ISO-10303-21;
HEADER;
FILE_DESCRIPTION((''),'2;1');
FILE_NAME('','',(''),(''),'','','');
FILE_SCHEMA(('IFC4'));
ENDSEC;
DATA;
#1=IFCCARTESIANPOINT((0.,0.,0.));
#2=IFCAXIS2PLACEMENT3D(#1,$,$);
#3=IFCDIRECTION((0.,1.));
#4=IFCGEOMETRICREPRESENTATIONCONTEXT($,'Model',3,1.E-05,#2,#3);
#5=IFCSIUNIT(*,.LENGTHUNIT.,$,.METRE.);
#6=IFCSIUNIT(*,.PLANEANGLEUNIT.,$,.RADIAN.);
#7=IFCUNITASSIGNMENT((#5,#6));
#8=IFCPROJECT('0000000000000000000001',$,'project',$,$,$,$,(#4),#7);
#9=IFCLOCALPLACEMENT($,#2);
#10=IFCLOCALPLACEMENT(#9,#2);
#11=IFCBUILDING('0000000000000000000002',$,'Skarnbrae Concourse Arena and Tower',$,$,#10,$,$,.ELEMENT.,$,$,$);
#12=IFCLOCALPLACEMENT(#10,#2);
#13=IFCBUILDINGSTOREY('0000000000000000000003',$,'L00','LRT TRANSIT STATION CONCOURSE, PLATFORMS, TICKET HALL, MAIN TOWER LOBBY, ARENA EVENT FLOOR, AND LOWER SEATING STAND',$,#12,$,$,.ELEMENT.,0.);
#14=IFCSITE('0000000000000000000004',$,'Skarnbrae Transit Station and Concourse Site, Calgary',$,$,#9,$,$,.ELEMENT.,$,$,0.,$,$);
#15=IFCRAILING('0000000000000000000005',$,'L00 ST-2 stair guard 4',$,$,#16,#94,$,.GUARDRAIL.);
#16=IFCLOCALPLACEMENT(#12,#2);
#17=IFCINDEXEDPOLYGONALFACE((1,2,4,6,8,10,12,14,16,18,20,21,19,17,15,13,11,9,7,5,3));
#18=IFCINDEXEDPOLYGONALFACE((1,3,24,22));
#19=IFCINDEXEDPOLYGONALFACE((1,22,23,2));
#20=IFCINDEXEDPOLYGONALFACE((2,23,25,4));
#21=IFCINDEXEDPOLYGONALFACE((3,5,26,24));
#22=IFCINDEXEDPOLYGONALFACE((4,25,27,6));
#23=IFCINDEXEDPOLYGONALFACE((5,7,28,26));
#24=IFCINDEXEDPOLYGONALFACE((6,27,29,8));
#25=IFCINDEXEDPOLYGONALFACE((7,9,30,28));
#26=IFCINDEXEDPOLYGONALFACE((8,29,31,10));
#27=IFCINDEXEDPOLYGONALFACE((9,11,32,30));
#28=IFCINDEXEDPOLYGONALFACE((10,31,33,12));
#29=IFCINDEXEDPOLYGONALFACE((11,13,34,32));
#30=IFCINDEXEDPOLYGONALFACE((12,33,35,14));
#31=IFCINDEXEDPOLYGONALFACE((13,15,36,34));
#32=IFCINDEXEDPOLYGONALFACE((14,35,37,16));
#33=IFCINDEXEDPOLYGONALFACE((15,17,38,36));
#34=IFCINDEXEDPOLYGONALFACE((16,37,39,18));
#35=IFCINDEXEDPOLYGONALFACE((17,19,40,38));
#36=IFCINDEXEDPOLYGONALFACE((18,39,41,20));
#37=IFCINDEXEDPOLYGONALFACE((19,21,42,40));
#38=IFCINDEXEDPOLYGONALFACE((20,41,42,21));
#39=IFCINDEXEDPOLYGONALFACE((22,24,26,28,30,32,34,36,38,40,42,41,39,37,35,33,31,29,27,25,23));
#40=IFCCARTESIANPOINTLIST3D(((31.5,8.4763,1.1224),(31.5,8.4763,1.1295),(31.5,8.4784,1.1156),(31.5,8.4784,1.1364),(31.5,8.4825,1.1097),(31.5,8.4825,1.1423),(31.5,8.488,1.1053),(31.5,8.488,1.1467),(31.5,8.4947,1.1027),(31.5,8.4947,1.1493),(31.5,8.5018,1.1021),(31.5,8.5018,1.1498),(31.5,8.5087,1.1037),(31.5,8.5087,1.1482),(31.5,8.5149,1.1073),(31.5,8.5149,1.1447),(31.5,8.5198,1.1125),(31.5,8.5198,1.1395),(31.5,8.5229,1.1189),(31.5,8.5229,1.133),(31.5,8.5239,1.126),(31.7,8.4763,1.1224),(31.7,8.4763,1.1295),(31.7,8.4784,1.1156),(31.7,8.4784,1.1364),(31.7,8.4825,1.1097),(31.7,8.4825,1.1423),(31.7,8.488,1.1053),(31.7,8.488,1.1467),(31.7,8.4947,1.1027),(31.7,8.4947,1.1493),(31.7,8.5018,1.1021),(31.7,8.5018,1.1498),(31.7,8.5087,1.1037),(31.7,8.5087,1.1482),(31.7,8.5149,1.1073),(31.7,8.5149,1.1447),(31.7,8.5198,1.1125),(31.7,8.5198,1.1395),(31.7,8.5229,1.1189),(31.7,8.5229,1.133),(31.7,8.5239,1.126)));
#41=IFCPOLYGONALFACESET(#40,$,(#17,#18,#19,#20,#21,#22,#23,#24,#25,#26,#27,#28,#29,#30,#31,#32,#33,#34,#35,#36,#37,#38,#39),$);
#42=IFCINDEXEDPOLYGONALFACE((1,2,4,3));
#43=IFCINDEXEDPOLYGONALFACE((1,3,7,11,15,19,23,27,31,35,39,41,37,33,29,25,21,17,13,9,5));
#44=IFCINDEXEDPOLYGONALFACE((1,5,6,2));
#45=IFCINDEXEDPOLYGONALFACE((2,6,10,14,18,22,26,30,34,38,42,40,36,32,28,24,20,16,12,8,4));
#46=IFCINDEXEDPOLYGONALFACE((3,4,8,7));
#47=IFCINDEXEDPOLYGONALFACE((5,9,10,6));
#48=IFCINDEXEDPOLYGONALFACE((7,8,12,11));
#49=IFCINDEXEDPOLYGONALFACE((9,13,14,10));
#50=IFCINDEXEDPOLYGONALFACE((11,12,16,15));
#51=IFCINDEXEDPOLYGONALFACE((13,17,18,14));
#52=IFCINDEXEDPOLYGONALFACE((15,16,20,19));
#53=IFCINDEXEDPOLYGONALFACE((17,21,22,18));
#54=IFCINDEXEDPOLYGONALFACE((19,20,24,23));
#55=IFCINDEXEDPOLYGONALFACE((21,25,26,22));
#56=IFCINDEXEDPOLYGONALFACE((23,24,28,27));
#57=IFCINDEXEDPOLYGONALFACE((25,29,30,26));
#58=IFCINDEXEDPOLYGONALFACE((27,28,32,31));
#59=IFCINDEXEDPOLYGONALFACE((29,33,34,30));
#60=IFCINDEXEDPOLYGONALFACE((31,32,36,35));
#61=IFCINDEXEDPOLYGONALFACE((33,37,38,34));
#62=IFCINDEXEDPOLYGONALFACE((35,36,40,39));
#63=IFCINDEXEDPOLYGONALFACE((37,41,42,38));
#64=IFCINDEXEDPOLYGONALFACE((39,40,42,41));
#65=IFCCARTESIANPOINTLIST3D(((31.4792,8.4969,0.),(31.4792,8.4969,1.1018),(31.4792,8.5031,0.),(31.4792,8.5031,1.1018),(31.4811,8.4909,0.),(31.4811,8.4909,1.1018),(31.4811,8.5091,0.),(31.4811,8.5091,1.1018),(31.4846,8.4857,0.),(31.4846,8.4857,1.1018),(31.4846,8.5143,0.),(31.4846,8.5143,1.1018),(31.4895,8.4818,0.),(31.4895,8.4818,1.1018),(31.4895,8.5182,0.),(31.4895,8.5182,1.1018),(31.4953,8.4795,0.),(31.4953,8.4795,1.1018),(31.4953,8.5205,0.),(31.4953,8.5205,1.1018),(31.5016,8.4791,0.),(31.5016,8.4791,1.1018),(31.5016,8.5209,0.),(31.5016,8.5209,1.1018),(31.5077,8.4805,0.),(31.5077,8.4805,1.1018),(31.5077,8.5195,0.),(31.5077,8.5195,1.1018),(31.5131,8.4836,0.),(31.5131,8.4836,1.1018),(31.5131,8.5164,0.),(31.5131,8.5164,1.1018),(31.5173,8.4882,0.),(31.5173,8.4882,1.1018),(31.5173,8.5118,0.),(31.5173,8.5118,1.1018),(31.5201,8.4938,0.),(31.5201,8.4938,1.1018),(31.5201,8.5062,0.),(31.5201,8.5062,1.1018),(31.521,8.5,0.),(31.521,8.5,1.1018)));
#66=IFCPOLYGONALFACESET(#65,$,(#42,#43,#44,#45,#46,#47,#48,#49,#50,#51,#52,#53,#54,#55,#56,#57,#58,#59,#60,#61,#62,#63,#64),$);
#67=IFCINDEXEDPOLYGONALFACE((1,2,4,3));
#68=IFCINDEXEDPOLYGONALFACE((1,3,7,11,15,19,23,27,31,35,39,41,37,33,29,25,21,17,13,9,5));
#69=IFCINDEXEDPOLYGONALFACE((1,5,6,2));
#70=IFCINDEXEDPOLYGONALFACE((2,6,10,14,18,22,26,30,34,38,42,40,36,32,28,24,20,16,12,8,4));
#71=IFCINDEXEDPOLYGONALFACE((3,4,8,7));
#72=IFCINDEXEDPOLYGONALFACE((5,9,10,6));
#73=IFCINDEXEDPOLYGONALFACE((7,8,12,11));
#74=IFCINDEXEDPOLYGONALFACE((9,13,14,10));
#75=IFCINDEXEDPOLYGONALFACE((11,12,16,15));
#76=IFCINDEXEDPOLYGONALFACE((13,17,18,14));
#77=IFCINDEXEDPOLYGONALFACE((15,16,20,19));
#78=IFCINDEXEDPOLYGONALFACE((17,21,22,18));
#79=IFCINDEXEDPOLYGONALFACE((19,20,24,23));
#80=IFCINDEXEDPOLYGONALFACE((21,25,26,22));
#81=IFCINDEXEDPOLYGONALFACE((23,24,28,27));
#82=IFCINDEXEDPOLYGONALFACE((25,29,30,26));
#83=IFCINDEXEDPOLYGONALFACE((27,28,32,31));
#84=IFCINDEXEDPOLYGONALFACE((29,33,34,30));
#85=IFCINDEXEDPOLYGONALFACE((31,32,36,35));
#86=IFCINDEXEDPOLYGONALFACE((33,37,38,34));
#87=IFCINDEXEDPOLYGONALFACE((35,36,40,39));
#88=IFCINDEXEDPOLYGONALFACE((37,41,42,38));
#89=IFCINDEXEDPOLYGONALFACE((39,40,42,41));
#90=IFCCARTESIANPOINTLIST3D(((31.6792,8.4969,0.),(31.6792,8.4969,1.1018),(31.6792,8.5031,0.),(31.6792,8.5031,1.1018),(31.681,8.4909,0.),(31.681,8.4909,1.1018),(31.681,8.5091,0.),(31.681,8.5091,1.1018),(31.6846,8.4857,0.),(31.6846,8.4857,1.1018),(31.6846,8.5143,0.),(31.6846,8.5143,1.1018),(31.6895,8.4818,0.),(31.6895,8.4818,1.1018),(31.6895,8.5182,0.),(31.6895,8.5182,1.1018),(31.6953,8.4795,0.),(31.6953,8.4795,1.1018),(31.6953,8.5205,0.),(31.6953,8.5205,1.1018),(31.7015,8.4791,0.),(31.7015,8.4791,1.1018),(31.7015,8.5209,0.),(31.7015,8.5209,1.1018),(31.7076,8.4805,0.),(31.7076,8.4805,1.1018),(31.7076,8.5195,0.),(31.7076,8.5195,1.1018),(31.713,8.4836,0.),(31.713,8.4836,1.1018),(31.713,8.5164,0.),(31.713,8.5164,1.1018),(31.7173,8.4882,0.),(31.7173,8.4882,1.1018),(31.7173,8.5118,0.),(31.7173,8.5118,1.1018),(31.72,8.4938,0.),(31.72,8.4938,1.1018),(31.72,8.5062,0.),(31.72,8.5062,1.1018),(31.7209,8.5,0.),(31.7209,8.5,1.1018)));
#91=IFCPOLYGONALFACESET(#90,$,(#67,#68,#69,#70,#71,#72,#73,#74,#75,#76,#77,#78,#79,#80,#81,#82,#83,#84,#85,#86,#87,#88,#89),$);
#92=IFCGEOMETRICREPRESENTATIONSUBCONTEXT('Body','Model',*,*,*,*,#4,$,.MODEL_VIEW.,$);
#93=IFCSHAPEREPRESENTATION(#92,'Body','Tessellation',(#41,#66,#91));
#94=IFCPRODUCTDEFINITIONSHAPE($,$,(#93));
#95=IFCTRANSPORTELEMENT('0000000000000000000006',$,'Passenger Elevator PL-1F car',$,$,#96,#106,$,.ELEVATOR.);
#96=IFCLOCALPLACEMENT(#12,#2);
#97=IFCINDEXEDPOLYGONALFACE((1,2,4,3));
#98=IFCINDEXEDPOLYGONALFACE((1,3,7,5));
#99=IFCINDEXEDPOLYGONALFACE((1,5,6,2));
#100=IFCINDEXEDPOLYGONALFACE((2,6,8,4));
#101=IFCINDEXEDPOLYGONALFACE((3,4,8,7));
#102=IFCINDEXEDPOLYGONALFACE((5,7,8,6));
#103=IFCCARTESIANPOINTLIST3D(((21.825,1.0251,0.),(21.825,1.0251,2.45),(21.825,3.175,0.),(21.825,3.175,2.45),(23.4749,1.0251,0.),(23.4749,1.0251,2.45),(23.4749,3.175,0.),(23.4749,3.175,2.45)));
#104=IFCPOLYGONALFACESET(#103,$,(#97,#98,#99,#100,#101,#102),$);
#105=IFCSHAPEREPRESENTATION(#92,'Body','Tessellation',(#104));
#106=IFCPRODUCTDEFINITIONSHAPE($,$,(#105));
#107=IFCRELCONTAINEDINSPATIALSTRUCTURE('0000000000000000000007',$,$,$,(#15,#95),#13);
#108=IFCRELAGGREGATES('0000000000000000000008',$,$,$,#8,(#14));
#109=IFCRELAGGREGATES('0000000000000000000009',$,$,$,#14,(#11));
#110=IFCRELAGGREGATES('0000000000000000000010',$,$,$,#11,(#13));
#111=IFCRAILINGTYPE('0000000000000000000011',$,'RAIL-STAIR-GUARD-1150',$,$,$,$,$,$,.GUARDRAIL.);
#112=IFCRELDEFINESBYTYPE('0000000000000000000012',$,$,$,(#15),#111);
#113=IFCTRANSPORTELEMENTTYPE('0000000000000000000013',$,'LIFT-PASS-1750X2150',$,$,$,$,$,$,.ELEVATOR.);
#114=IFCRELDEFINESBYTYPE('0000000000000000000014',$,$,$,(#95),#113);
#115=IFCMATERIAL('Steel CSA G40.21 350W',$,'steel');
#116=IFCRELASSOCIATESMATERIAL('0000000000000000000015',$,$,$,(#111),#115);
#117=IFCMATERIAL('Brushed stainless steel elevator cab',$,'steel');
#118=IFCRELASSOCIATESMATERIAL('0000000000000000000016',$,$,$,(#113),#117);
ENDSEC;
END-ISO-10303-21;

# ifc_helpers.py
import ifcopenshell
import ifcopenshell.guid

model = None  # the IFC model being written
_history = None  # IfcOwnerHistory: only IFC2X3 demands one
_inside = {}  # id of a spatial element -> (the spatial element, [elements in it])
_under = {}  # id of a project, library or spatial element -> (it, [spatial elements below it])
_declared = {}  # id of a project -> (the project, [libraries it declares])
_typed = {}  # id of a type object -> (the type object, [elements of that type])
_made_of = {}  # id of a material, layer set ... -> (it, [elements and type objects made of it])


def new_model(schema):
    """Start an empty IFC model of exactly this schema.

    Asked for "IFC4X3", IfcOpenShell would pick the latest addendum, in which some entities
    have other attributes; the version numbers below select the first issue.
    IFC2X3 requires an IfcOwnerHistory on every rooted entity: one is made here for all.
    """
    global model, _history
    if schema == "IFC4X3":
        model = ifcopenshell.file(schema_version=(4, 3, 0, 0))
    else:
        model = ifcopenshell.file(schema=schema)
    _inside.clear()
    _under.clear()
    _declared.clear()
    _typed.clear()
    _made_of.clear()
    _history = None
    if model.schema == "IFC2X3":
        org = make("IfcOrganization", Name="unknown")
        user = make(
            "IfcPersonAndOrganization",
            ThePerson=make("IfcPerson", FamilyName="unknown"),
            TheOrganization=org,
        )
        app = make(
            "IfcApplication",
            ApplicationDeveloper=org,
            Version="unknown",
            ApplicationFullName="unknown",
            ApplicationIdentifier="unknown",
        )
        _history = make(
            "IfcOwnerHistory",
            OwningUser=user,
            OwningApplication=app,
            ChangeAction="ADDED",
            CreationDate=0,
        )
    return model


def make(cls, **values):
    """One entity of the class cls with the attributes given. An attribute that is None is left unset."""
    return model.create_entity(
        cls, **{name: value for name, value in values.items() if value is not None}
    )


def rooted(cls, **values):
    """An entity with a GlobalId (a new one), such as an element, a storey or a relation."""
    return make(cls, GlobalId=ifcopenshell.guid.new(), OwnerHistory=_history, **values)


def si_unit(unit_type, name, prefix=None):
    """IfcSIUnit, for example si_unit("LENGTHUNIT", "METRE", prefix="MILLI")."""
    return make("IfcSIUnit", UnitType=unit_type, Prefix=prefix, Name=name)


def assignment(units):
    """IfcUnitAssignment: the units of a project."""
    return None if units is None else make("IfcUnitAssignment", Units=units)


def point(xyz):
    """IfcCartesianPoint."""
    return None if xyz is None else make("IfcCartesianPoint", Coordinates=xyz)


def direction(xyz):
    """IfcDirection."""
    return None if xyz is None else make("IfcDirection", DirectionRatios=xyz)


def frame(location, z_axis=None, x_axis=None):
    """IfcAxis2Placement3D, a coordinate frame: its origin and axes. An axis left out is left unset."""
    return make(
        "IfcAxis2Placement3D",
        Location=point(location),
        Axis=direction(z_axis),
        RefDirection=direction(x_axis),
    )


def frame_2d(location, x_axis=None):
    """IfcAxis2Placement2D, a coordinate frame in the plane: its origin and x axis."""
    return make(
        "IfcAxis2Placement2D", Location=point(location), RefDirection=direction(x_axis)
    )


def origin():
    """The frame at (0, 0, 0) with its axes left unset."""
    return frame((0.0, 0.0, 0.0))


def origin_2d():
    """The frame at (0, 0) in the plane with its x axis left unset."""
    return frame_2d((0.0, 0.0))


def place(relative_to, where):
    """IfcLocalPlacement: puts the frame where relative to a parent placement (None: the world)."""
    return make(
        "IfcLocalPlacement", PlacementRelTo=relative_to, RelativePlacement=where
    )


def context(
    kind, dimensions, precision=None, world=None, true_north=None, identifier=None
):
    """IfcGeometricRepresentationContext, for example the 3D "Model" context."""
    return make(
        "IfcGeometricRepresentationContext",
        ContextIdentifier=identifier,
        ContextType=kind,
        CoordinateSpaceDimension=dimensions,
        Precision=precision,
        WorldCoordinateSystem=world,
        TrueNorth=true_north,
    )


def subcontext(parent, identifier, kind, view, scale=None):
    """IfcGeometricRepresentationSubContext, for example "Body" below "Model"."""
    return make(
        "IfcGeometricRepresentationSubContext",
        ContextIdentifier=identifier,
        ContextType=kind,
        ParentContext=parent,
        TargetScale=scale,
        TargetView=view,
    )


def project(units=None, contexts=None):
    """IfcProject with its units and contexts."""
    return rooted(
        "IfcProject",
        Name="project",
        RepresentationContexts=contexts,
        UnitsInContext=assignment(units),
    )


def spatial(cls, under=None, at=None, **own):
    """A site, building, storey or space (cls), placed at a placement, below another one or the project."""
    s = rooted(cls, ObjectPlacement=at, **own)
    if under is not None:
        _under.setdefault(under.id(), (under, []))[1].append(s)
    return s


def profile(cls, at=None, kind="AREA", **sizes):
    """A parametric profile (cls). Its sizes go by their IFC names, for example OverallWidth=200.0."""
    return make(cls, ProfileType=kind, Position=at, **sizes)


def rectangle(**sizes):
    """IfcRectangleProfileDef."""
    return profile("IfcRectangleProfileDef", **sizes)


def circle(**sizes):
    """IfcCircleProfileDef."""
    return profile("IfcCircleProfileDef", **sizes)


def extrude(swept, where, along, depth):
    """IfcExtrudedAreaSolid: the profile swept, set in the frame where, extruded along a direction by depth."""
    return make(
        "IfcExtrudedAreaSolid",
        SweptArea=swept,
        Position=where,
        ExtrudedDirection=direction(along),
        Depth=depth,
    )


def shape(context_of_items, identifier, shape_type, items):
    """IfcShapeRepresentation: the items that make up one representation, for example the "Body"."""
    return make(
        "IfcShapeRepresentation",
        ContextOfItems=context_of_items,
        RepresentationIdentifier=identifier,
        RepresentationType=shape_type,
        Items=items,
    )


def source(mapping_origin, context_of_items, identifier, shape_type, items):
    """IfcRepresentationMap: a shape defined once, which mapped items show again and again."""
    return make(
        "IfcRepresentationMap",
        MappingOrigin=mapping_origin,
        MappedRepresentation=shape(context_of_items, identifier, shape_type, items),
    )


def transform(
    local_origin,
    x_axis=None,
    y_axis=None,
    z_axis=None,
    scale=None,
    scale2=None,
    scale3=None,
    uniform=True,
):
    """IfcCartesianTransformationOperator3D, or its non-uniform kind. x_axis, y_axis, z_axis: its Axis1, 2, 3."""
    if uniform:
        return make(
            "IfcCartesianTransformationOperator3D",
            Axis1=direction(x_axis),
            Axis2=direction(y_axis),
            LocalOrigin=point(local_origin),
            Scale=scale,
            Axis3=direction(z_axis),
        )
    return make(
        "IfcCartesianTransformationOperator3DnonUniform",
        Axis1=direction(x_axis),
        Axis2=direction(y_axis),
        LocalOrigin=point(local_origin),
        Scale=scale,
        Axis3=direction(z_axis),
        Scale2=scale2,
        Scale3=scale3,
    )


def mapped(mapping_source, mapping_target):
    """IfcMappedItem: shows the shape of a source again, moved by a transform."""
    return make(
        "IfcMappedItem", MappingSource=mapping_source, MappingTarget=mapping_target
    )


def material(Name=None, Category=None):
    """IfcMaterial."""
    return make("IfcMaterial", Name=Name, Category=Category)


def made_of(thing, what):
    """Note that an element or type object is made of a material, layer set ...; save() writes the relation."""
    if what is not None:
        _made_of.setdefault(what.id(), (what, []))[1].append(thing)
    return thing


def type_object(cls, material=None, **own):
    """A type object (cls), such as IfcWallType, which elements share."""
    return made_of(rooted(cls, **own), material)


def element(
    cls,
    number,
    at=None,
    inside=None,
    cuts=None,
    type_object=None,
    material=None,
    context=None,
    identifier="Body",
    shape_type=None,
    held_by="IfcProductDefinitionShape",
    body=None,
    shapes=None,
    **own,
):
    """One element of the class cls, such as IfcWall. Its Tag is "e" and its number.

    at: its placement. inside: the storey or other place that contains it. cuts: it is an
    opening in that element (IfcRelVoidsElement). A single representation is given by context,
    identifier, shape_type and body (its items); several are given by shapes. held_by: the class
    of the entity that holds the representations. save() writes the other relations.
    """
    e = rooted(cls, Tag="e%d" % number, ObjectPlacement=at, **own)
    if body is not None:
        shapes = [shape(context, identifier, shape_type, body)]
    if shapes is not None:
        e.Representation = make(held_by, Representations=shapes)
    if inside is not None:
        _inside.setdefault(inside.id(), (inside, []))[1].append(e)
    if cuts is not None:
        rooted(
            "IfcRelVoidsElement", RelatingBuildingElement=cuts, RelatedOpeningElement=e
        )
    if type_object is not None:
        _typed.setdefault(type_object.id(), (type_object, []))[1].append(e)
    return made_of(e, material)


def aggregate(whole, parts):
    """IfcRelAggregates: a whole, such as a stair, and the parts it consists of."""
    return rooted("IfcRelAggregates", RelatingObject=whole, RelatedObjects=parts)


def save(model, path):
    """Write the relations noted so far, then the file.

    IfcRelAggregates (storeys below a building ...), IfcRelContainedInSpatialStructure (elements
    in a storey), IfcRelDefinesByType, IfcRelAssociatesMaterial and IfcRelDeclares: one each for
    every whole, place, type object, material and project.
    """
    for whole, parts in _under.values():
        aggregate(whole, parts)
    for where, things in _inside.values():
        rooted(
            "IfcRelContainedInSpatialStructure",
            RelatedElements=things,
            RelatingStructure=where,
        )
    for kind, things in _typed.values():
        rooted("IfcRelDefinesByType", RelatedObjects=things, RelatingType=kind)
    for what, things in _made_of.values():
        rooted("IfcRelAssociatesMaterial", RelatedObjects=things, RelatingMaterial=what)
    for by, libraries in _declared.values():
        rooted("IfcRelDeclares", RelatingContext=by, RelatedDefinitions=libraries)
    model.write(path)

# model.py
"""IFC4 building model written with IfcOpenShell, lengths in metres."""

from ifc_helpers import new_model, si_unit, direction, frame, origin, origin_2d, place, context, subcontext, project, spatial, rectangle, circle, extrude, source, transform, mapped, material, type_object, element, save


model = new_model("IFC4")

# Units and contexts
model_context = context("Model", 3, precision=1e-05, world=origin(), true_north=direction((0.0, 1.0)))
body_context = subcontext(model_context, "Body", "Model", "MODEL_VIEW")
ifc_project = project(units=[si_unit("LENGTHUNIT", "METRE"), si_unit("PLANEANGLEUNIT", "RADIAN")], contexts=[model_context])

# Site, building, storey
site_placement = place(None, origin())
site = spatial("IfcSite", under=ifc_project, at=site_placement, Name="Skarnbrae Transit Station and Concourse Site, Calgary", CompositionType="ELEMENT", RefElevation=0.0)
building_placement = place(site_placement, origin())
building = spatial("IfcBuilding", under=site, at=building_placement, Name="Skarnbrae Concourse Arena and Tower", CompositionType="ELEMENT")
storey_placement = place(building_placement, origin())
storey = spatial("IfcBuildingStorey", under=building, at=storey_placement, Name="L00", Description="LRT TRANSIT STATION CONCOURSE, PLATFORMS, TICKET HALL, MAIN TOWER LOBBY, ARENA EVENT FLOOR, AND LOWER SEATING STAND", CompositionType="ELEMENT", Elevation=0.0)

# Shared definitions
ifc_material_1 = material(Name="Steel CSA G40.21 350W", Category="steel")

# Railing
railing_type_1 = type_object("IfcRailingType", Name="RAIL-STAIR-GUARD-1150", PredefinedType="GUARDRAIL", material=ifc_material_1)
railing_1_placement = place(storey_placement, frame((31.5, 8.5, 0.0)))
element("IfcRailing", 1, at=railing_1_placement, inside=storey, type_object=railing_type_1, Name="L00 ST-2 stair guard 4", PredefinedType="GUARDRAIL", context=body_context, shape_type="SweptSolid", body=[
    extrude(circle(Radius=0.0239, at=origin_2d()), frame((0.0, 0.0, 1.126), z_axis=(1.0, 0.0, 0.0), x_axis=(0.0, 1.0, 0.0)), (0.0, 0.0, 1.0), 0.2),
    extrude(circle(Radius=0.021, at=origin_2d()), origin(), (0.0, 0.0, 1.0), 1.1018),
    extrude(circle(Radius=0.021, at=origin_2d()), frame((0.2, 0.0, 0.0)), (0.0, 0.0, 1.0), 1.1018),
])

# Transport element
ifc_material_2 = material(Name="Brushed stainless steel elevator cab", Category="steel")
transport_element_type = type_object("IfcTransportElementType", Name="LIFT-PASS-1750X2150", PredefinedType="ELEVATOR", material=ifc_material_2)
shared_shape_1 = source(origin(), body_context, "Body", "SweptSolid", [
    extrude(rectangle(XDim=1.6499, YDim=2.1499, at=origin_2d()), origin(), (0.0, 0.0, 1.0), 2.45),
])
transport_element_placement = place(storey_placement, frame((22.6499, 2.1001, 0.0), z_axis=(0.0, 0.0, 1.0), x_axis=(1.0, 0.0, 0.0)))
element("IfcTransportElement", 2, at=transport_element_placement, inside=storey, type_object=transport_element_type, Name="Passenger Elevator PL-1F car", PredefinedType="ELEVATOR", context=body_context, shape_type="MappedRepresentation", body=[
    mapped(shared_shape_1, transform((0.0, 0.0, 0.0))),
])

save(model, "model.ifc")
